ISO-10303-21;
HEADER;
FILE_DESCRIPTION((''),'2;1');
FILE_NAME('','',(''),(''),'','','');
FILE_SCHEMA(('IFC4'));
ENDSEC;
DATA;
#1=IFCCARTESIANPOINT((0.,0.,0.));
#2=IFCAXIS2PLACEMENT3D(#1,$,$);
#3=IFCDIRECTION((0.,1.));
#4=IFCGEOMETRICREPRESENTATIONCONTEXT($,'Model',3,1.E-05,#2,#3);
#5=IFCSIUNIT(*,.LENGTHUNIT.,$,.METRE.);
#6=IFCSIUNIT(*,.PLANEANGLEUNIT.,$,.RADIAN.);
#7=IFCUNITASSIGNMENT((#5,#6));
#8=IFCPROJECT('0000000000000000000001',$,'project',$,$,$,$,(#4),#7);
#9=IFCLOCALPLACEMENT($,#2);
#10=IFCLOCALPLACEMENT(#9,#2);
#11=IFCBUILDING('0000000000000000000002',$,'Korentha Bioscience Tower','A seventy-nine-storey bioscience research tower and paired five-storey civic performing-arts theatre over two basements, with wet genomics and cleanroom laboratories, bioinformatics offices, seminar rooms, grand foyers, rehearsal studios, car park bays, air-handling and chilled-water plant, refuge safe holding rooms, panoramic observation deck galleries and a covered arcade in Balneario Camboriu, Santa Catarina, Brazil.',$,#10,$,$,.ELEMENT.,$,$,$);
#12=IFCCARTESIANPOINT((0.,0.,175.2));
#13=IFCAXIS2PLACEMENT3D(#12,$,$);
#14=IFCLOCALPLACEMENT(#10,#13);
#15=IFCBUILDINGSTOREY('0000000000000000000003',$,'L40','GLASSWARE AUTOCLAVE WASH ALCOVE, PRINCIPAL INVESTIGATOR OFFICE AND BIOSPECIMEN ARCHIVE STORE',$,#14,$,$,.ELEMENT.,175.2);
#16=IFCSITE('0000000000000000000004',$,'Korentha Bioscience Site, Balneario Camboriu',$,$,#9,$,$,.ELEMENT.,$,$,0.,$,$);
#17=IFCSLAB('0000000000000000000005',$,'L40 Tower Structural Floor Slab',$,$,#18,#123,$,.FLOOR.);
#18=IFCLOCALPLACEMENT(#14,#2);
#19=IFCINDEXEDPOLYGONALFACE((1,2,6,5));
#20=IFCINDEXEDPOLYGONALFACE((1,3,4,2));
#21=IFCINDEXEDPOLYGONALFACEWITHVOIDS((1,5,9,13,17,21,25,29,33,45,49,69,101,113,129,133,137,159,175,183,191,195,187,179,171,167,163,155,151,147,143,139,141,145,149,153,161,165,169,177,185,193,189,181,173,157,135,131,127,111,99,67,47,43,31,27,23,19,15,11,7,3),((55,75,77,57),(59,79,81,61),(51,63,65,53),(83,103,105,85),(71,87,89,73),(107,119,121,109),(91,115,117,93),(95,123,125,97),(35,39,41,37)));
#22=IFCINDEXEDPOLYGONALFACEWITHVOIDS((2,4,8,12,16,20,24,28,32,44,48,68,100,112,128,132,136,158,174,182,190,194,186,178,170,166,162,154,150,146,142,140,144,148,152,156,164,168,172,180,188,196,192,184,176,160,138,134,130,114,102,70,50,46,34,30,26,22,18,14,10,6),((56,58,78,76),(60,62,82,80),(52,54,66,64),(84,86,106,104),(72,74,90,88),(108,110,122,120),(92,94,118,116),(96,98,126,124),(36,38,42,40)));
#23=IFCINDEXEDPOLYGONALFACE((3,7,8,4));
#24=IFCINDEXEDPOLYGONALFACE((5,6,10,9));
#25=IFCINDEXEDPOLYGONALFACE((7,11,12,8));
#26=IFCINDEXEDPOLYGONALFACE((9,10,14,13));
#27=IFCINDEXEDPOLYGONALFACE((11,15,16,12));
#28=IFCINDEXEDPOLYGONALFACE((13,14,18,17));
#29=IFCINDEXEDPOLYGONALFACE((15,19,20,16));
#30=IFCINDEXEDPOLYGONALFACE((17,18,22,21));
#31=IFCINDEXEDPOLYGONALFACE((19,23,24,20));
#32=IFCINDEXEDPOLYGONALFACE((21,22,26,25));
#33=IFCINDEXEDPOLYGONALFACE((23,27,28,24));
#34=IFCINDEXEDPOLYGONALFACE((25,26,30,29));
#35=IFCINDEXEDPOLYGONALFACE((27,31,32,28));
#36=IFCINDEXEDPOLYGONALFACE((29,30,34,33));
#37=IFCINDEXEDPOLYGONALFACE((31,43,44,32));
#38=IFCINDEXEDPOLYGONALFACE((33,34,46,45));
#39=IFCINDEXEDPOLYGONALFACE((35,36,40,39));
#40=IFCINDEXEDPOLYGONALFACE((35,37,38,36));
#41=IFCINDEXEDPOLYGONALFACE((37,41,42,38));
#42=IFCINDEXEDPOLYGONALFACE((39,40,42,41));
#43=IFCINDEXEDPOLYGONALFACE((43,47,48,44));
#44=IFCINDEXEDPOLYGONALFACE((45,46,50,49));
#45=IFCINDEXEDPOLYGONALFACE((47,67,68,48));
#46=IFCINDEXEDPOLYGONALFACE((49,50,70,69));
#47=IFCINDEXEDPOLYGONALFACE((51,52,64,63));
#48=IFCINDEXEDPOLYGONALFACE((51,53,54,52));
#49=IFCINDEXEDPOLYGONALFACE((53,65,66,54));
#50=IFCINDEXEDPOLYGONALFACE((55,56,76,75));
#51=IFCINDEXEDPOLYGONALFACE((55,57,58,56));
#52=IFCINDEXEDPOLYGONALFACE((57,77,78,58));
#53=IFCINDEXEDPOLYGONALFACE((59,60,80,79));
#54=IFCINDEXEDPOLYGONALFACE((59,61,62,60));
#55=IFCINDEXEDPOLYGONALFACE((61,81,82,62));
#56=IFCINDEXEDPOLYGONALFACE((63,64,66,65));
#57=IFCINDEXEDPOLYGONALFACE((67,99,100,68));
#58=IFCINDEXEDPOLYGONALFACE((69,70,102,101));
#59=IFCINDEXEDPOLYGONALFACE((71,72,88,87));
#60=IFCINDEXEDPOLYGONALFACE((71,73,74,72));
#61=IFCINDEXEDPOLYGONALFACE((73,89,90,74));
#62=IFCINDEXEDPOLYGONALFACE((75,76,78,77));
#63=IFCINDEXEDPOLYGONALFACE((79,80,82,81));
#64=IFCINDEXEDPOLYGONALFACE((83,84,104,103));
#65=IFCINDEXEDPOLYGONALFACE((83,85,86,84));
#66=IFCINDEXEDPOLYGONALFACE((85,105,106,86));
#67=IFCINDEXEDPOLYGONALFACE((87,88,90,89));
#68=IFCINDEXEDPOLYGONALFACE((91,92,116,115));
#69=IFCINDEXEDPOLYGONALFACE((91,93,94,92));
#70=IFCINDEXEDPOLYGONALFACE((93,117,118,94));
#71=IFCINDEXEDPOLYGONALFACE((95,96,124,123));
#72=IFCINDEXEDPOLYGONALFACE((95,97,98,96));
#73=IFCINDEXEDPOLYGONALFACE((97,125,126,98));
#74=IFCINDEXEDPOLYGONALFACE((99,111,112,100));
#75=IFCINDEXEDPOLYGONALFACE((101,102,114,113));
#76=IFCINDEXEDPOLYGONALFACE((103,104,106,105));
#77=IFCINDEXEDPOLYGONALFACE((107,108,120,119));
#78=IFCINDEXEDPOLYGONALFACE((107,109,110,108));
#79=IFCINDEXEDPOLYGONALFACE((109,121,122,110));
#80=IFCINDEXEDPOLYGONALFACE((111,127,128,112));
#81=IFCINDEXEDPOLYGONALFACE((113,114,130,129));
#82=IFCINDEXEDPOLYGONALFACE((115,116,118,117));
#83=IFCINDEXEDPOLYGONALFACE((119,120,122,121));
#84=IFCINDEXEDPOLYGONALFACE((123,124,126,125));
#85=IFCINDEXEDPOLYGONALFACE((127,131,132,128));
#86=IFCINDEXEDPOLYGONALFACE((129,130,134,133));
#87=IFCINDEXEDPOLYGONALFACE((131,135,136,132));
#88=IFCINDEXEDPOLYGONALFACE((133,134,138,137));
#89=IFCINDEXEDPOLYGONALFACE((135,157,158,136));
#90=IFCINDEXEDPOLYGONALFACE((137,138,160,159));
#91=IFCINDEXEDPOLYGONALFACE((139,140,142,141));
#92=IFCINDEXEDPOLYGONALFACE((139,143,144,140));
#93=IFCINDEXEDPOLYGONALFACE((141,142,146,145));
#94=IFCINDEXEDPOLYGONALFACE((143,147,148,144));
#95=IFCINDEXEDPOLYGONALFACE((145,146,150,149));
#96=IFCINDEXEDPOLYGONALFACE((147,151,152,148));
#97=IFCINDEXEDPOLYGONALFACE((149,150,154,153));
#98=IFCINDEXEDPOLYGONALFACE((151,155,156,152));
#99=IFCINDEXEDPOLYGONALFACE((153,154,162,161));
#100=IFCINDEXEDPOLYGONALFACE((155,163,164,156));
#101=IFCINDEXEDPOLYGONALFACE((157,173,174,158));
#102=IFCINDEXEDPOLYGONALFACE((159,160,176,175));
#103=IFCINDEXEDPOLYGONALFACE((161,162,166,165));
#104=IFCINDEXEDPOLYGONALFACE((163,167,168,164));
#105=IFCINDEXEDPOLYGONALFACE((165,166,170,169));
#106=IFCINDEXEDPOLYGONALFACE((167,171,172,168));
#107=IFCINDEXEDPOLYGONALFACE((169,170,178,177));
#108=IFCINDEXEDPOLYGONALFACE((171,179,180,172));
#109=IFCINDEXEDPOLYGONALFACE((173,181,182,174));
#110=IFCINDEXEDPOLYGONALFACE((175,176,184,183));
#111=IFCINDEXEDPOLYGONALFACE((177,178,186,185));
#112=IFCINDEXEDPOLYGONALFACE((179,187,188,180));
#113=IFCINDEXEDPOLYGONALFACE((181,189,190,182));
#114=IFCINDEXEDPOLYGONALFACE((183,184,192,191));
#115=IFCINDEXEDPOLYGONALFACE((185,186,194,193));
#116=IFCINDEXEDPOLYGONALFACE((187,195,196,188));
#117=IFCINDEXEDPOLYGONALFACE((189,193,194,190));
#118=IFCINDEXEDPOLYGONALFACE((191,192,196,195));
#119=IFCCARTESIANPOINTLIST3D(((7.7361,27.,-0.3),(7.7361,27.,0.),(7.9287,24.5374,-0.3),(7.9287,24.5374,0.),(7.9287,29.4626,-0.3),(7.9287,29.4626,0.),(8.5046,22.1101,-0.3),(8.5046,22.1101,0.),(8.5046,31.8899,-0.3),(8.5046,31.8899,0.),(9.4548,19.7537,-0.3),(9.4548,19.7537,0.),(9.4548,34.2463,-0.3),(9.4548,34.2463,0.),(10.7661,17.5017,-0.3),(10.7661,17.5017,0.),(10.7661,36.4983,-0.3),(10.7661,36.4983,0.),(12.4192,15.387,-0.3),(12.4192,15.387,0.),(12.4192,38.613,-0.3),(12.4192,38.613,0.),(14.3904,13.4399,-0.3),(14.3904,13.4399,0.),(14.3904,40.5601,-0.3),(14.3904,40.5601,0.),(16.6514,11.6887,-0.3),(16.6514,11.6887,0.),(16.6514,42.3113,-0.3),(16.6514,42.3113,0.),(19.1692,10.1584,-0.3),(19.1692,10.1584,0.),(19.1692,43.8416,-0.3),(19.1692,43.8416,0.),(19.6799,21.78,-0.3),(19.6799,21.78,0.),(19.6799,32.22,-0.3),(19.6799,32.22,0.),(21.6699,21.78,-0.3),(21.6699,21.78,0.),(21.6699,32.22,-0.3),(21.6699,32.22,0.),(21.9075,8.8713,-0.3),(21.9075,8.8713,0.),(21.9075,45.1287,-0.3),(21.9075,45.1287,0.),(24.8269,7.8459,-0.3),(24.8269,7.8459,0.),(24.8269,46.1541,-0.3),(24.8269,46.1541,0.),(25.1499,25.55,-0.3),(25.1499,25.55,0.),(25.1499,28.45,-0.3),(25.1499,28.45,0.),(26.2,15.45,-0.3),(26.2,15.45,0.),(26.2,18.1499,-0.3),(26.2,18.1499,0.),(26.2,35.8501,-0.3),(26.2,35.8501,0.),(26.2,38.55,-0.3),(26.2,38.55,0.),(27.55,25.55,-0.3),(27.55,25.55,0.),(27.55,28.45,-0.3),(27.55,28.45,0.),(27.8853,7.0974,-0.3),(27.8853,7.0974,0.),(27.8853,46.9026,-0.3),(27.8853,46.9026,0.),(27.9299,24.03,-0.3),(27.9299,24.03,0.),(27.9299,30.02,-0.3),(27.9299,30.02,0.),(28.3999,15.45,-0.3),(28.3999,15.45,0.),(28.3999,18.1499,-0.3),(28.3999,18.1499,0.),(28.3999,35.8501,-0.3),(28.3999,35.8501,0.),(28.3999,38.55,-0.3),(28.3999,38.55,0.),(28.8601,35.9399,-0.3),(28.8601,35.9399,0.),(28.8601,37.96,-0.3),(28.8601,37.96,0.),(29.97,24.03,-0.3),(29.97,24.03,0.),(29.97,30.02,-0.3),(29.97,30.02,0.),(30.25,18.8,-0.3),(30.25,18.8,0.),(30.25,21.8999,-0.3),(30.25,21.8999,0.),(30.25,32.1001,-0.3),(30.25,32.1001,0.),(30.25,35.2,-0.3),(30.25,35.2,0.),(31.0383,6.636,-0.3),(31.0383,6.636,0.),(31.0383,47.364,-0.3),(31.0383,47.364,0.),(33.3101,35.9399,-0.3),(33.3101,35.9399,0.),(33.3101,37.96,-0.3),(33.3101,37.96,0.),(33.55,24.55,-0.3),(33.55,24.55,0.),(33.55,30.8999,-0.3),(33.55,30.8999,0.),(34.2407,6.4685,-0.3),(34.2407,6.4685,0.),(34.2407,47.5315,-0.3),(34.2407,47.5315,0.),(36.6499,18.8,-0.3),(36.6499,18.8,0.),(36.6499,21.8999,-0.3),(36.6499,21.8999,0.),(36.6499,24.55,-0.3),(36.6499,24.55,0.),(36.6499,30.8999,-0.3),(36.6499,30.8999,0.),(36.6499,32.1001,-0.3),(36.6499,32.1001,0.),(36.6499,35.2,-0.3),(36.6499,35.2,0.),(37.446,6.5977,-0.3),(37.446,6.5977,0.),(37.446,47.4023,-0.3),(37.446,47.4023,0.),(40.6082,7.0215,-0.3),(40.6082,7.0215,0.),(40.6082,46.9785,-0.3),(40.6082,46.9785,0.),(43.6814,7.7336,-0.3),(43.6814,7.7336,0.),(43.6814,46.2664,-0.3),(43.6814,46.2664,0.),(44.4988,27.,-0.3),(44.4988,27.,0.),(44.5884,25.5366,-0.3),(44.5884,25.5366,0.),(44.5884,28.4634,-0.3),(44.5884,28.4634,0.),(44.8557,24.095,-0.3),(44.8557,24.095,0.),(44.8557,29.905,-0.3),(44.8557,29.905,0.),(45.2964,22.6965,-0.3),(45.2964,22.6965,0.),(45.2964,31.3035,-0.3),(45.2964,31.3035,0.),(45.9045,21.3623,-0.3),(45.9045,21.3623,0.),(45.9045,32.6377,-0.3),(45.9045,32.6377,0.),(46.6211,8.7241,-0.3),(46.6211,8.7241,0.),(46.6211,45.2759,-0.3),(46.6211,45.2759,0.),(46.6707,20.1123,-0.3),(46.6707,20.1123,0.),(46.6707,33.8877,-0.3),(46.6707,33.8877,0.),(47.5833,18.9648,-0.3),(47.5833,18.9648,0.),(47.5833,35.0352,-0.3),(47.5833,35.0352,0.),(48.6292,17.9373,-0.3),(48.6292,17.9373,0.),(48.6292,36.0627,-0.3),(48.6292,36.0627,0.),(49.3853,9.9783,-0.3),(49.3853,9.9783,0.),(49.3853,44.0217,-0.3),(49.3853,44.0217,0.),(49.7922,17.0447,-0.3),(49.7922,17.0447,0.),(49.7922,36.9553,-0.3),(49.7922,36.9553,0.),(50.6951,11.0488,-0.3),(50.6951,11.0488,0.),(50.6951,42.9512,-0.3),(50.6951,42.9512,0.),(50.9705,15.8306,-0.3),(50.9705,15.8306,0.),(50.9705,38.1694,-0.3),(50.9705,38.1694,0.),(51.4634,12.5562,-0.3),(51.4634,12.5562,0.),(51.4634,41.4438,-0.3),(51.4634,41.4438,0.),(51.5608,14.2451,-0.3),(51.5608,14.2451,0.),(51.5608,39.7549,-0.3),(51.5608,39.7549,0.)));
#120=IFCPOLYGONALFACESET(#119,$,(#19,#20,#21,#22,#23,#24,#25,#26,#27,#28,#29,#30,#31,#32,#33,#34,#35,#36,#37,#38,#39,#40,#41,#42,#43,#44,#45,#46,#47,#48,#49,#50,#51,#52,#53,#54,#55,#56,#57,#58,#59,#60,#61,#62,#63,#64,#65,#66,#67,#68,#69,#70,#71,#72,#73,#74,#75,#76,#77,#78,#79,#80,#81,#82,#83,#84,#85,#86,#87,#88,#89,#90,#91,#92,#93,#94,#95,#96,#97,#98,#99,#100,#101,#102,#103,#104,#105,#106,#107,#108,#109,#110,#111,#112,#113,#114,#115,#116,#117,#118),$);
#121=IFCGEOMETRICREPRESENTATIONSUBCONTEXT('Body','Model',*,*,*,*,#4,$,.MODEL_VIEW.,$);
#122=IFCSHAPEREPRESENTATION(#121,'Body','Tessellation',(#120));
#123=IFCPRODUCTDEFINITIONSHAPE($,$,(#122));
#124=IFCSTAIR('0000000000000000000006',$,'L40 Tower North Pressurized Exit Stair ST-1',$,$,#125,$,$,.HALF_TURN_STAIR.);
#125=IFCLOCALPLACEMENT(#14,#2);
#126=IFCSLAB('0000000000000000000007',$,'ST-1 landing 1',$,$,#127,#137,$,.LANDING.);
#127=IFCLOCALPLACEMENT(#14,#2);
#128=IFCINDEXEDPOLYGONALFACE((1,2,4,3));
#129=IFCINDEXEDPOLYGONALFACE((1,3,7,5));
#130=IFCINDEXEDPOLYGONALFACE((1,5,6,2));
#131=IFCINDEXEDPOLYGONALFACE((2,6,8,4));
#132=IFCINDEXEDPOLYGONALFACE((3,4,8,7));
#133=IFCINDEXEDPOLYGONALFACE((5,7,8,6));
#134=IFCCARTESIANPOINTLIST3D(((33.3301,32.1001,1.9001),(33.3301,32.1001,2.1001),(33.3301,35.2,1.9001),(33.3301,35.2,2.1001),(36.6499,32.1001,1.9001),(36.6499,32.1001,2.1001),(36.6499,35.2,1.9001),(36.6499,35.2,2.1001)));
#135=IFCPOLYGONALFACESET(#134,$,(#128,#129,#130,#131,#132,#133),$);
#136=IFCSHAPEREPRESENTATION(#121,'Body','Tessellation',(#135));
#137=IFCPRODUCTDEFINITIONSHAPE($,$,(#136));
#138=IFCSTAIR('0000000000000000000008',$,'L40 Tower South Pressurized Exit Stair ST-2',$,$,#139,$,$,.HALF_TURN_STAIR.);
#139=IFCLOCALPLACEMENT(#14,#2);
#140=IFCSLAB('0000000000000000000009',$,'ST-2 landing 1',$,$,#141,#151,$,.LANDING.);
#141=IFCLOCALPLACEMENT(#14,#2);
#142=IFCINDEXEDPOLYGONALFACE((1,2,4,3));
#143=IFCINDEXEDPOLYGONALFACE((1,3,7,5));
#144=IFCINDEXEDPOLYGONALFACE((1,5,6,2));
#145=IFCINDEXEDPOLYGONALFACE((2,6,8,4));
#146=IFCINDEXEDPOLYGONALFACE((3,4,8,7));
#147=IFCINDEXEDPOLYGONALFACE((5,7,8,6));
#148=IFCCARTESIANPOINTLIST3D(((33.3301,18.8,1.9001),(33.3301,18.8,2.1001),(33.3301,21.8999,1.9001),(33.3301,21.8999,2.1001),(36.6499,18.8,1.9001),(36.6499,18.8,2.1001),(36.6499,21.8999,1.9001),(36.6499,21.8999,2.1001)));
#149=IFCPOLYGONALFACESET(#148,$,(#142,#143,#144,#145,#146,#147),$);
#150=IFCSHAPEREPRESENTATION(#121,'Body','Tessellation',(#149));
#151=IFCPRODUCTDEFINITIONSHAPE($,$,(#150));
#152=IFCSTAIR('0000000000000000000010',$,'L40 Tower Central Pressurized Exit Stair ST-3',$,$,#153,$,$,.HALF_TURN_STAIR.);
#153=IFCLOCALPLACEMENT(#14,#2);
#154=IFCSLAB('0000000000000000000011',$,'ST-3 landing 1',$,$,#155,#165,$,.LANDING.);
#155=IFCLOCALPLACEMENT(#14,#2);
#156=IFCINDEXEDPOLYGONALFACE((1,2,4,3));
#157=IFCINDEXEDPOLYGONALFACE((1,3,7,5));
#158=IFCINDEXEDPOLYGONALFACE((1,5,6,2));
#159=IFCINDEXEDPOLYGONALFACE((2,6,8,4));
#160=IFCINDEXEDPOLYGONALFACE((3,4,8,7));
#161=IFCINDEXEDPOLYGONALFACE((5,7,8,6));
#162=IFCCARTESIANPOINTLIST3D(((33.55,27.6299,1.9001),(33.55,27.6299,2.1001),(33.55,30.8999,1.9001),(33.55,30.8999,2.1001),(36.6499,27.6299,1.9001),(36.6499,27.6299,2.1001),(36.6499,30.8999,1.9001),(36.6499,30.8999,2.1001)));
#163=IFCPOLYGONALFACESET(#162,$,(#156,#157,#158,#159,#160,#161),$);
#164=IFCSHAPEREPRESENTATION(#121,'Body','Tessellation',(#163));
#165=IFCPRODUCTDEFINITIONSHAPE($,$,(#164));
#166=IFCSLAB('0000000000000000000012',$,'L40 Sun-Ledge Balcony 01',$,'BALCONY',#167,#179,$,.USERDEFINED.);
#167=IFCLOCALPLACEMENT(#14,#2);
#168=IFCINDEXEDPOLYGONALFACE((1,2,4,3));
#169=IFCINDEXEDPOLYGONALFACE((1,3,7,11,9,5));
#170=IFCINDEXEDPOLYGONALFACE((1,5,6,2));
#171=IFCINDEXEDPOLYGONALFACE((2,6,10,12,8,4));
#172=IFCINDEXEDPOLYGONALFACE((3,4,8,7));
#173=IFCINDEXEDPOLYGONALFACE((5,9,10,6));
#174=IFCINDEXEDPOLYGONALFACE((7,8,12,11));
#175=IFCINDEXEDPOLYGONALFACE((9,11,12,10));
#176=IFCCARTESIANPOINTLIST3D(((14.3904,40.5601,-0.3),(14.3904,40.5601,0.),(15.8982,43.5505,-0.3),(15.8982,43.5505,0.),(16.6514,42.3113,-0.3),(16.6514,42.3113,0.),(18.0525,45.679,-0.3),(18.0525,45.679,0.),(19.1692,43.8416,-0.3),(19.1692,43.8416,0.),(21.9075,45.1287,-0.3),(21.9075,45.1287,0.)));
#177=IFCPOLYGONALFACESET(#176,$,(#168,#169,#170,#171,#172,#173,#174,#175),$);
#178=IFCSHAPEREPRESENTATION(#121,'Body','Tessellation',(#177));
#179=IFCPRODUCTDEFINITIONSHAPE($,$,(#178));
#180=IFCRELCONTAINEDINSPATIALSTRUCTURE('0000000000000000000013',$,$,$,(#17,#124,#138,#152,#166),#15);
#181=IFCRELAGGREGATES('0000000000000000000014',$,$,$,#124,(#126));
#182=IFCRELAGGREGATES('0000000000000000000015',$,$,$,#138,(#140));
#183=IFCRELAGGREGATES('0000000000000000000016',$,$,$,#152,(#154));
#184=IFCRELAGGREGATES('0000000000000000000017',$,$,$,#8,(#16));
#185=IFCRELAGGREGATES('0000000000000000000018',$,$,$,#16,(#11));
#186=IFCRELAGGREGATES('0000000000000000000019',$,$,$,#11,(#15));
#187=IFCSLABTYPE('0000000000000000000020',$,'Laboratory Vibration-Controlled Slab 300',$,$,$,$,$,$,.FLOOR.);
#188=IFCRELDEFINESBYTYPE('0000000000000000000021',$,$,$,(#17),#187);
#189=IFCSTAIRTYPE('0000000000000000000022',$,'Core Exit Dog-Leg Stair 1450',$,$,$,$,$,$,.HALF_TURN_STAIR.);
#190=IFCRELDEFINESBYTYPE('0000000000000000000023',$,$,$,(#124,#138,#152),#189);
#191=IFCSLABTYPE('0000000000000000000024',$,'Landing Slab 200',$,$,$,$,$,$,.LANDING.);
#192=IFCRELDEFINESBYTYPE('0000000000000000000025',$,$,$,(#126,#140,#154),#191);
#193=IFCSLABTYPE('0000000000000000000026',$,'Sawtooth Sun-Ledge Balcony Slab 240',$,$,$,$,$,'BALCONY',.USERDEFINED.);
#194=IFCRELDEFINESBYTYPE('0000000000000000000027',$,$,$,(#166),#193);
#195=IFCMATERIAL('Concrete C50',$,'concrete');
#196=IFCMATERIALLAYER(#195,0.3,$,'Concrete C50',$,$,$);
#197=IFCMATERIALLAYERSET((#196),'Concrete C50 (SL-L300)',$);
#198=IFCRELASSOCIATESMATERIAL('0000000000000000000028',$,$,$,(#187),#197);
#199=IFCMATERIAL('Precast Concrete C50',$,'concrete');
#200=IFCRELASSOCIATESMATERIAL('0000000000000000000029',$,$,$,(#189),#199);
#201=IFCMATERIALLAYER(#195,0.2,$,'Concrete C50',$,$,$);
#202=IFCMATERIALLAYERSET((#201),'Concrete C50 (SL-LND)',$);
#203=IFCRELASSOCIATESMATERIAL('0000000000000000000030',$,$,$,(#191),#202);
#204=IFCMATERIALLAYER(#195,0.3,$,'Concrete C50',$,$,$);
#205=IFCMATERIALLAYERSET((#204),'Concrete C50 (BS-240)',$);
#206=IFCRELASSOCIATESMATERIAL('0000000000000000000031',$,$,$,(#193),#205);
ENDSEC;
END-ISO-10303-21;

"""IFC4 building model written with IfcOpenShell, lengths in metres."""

from ifc_helpers import new_model, si_unit, direction, frame, origin, place, context, subcontext, project, spatial, polyline, outline, extrude, material, layer, layer_set, type_object, element, aggregate, save


model = new_model("IFC4")

# Units and contexts
model_context = context("Model", 3, precision=1e-05, world=origin(), true_north=direction((0.0, 1.0)))
body_context = subcontext(model_context, "Body", "Model", "MODEL_VIEW")
ifc_project = project(units=[si_unit("LENGTHUNIT", "METRE"), si_unit("PLANEANGLEUNIT", "RADIAN")], contexts=[model_context])

# Site, building, storey
site_placement = place(None, origin())
site = spatial("IfcSite", under=ifc_project, at=site_placement, Name="Korentha Bioscience Site, Balneario Camboriu", CompositionType="ELEMENT", RefElevation=0.0)
building_placement = place(site_placement, origin())
building = spatial("IfcBuilding", under=site, at=building_placement, Name="Korentha Bioscience Tower", Description="A seventy-nine-storey bioscience research tower and paired five-storey civic performing-arts theatre over two basements, with wet genomics and cleanroom laboratories, bioinformatics offices, seminar rooms, grand foyers, rehearsal studios, car park bays, air-handling and chilled-water plant, refuge safe holding rooms, panoramic observation deck galleries and a covered arcade in Balneario Camboriu, Santa Catarina, Brazil.", CompositionType="ELEMENT")
storey_placement = place(building_placement, frame((0.0, 0.0, 175.2)))
storey = spatial("IfcBuildingStorey", under=building, at=storey_placement, Name="L40", Description="GLASSWARE AUTOCLAVE WASH ALCOVE, PRINCIPAL INVESTIGATOR OFFICE AND BIOSPECIMEN ARCHIVE STORE", CompositionType="ELEMENT", Elevation=175.2)

# Slab
ifc_material_1 = material(Name="Concrete C50", Category="concrete")
ifc_layer_1 = layer(ifc_material_1, 0.3, Name="Concrete C50")
ifc_layer_set_1 = layer_set([ifc_layer_1], Name="Concrete C50 (SL-L300)")
slab_type_1 = type_object("IfcSlabType", Name="Laboratory Vibration-Controlled Slab 300", PredefinedType="FLOOR", material=ifc_layer_set_1)
slab_1_placement = place(storey_placement, frame((0.0, 0.0, -0.3)))
element("IfcSlab", 1, at=slab_1_placement, inside=storey, type_object=slab_type_1, Name="L40 Tower Structural Floor Slab", PredefinedType="FLOOR", context=body_context, shape_type="SweptSolid", body=[
    extrude(outline(polyline([(49.3853, 44.0217), (46.6211, 45.2759), (43.6814, 46.2664), (40.6082, 46.9785), (37.446, 47.4023), (34.2407, 47.5315), (31.0383, 47.364), (27.8853, 46.9026), (24.8269, 46.1541), (21.9075, 45.1287), (19.1692, 43.8416), (16.6514, 42.3113), (14.3904, 40.5601), (12.4192, 38.613), (10.7661, 36.4983), (9.4548, 34.2463), (8.5046, 31.8899), (7.9287, 29.4626), (7.7361, 27.0), (7.9287, 24.5374), (8.5046, 22.1101), (9.4548, 19.7537), (10.7661, 17.5017), (12.4192, 15.387), (14.3904, 13.4399), (16.6514, 11.6887), (19.1692, 10.1584), (21.9075, 8.8713), (24.8269, 7.8459), (27.8853, 7.0974), (31.0383, 6.636), (34.2407, 6.4685), (37.446, 6.5977), (40.6082, 7.0215), (43.6814, 7.7336), (46.6211, 8.7241), (49.3853, 9.9783), (50.6951, 11.0488), (51.4634, 12.5562), (51.5608, 14.2451), (50.9705, 15.8306), (49.7922, 17.0447), (48.6292, 17.9373), (47.5833, 18.9648), (46.6707, 20.1123), (45.9045, 21.3623), (45.2964, 22.6965), (44.8557, 24.095), (44.5884, 25.5366), (44.4988, 27.0), (44.5884, 28.4634), (44.8557, 29.905), (45.2964, 31.3035), (45.9045, 32.6377), (46.6707, 33.8877), (47.5833, 35.0352), (48.6292, 36.0627), (49.7922, 36.9553), (50.9705, 38.1694), (51.5608, 39.7549), (51.4634, 41.4438), (50.6951, 42.9512), (49.3853, 44.0217)]), holes=[polyline([(30.25, 32.1001), (36.6499, 32.1001), (36.6499, 35.2), (30.25, 35.2), (30.25, 32.1001)]), polyline([(30.25, 18.8), (36.6499, 18.8), (36.6499, 21.8999), (30.25, 21.8999), (30.25, 18.8)]), polyline([(36.6499, 24.55), (36.6499, 30.8999), (33.55, 30.8999), (33.55, 24.55), (36.6499, 24.55)]), polyline([(19.6799, 21.78), (21.6699, 21.78), (21.6699, 32.22), (19.6799, 32.22), (19.6799, 21.78)]), polyline([(27.9299, 24.03), (29.97, 24.03), (29.97, 30.02), (27.9299, 30.02), (27.9299, 24.03)]), polyline([(28.8601, 35.9399), (33.3101, 35.9399), (33.3101, 37.96), (28.8601, 37.96), (28.8601, 35.9399)]), polyline([(26.2, 15.45), (28.3999, 15.45), (28.3999, 18.1499), (26.2, 18.1499), (26.2, 15.45)]), polyline([(26.2, 35.8501), (28.3999, 35.8501), (28.3999, 38.55), (26.2, 38.55), (26.2, 35.8501)]), polyline([(25.1499, 25.55), (27.55, 25.55), (27.55, 28.45), (25.1499, 28.45), (25.1499, 25.55)])]), origin(), (0.0, 0.0, 1.0), 0.3),
])

# Stairs, slabs
ifc_material_2 = material(Name="Precast Concrete C50", Category="concrete")
stair_type = type_object("IfcStairType", Name="Core Exit Dog-Leg Stair 1450", PredefinedType="HALF_TURN_STAIR", material=ifc_material_2)
stair_1_placement = place(storey_placement, origin())
stair_1 = element("IfcStair", 2, at=stair_1_placement, inside=storey, type_object=stair_type, Name="L40 Tower North Pressurized Exit Stair ST-1", PredefinedType="HALF_TURN_STAIR")
ifc_layer_2 = layer(ifc_material_1, 0.2, Name="Concrete C50")
ifc_layer_set_2 = layer_set([ifc_layer_2], Name="Concrete C50 (SL-LND)")
slab_type_2 = type_object("IfcSlabType", Name="Landing Slab 200", PredefinedType="LANDING", material=ifc_layer_set_2)
slab_2_placement = place(storey_placement, frame((0.0, 0.0, 1.9001)))
slab_2 = element("IfcSlab", 3, at=slab_2_placement, type_object=slab_type_2, Name="ST-1 landing 1", PredefinedType="LANDING", context=body_context, shape_type="SweptSolid", body=[
    extrude(outline(polyline([(33.3301, 32.1001), (36.6499, 32.1001), (36.6499, 35.2), (33.3301, 35.2), (33.3301, 32.1001)])), origin(), (0.0, 0.0, 1.0), 0.2),
])
aggregate(stair_1, [slab_2])
stair_2_placement = place(storey_placement, origin())
stair_2 = element("IfcStair", 4, at=stair_2_placement, inside=storey, type_object=stair_type, Name="L40 Tower South Pressurized Exit Stair ST-2", PredefinedType="HALF_TURN_STAIR")
slab_3_placement = place(storey_placement, frame((0.0, 0.0, 1.9001)))
slab_3 = element("IfcSlab", 5, at=slab_3_placement, type_object=slab_type_2, Name="ST-2 landing 1", PredefinedType="LANDING", context=body_context, shape_type="SweptSolid", body=[
    extrude(outline(polyline([(33.3301, 18.8), (36.6499, 18.8), (36.6499, 21.8999), (33.3301, 21.8999), (33.3301, 18.8)])), origin(), (0.0, 0.0, 1.0), 0.2),
])
aggregate(stair_2, [slab_3])
stair_3_placement = place(storey_placement, origin())
stair_3 = element("IfcStair", 6, at=stair_3_placement, inside=storey, type_object=stair_type, Name="L40 Tower Central Pressurized Exit Stair ST-3", PredefinedType="HALF_TURN_STAIR")
slab_4_placement = place(storey_placement, frame((0.0, 0.0, 1.9001)))
slab_4 = element("IfcSlab", 7, at=slab_4_placement, type_object=slab_type_2, Name="ST-3 landing 1", PredefinedType="LANDING", context=body_context, shape_type="SweptSolid", body=[
    extrude(outline(polyline([(36.6499, 27.6299), (36.6499, 30.8999), (33.55, 30.8999), (33.55, 27.6299), (36.6499, 27.6299)])), origin(), (0.0, 0.0, 1.0), 0.2),
])
aggregate(stair_3, [slab_4])

# Slab
ifc_layer_3 = layer(ifc_material_1, 0.3, Name="Concrete C50")
ifc_layer_set_3 = layer_set([ifc_layer_3], Name="Concrete C50 (BS-240)")
slab_type_3 = type_object("IfcSlabType", Name="Sawtooth Sun-Ledge Balcony Slab 240", ElementType="BALCONY", PredefinedType="USERDEFINED", material=ifc_layer_set_3)
slab_5_placement = place(storey_placement, frame((0.0, 0.0, -0.3)))
element("IfcSlab", 8, at=slab_5_placement, inside=storey, type_object=slab_type_3, Name="L40 Sun-Ledge Balcony 01", ObjectType="BALCONY", PredefinedType="USERDEFINED", context=body_context, shape_type="SweptSolid", body=[
    extrude(outline(polyline([(14.3904, 40.5601), (16.6514, 42.3113), (19.1692, 43.8416), (21.9075, 45.1287), (18.0525, 45.679), (15.8982, 43.5505), (14.3904, 40.5601)])), origin(), (0.0, 0.0, 1.0), 0.3),
])

save(model, "model.ifc")
